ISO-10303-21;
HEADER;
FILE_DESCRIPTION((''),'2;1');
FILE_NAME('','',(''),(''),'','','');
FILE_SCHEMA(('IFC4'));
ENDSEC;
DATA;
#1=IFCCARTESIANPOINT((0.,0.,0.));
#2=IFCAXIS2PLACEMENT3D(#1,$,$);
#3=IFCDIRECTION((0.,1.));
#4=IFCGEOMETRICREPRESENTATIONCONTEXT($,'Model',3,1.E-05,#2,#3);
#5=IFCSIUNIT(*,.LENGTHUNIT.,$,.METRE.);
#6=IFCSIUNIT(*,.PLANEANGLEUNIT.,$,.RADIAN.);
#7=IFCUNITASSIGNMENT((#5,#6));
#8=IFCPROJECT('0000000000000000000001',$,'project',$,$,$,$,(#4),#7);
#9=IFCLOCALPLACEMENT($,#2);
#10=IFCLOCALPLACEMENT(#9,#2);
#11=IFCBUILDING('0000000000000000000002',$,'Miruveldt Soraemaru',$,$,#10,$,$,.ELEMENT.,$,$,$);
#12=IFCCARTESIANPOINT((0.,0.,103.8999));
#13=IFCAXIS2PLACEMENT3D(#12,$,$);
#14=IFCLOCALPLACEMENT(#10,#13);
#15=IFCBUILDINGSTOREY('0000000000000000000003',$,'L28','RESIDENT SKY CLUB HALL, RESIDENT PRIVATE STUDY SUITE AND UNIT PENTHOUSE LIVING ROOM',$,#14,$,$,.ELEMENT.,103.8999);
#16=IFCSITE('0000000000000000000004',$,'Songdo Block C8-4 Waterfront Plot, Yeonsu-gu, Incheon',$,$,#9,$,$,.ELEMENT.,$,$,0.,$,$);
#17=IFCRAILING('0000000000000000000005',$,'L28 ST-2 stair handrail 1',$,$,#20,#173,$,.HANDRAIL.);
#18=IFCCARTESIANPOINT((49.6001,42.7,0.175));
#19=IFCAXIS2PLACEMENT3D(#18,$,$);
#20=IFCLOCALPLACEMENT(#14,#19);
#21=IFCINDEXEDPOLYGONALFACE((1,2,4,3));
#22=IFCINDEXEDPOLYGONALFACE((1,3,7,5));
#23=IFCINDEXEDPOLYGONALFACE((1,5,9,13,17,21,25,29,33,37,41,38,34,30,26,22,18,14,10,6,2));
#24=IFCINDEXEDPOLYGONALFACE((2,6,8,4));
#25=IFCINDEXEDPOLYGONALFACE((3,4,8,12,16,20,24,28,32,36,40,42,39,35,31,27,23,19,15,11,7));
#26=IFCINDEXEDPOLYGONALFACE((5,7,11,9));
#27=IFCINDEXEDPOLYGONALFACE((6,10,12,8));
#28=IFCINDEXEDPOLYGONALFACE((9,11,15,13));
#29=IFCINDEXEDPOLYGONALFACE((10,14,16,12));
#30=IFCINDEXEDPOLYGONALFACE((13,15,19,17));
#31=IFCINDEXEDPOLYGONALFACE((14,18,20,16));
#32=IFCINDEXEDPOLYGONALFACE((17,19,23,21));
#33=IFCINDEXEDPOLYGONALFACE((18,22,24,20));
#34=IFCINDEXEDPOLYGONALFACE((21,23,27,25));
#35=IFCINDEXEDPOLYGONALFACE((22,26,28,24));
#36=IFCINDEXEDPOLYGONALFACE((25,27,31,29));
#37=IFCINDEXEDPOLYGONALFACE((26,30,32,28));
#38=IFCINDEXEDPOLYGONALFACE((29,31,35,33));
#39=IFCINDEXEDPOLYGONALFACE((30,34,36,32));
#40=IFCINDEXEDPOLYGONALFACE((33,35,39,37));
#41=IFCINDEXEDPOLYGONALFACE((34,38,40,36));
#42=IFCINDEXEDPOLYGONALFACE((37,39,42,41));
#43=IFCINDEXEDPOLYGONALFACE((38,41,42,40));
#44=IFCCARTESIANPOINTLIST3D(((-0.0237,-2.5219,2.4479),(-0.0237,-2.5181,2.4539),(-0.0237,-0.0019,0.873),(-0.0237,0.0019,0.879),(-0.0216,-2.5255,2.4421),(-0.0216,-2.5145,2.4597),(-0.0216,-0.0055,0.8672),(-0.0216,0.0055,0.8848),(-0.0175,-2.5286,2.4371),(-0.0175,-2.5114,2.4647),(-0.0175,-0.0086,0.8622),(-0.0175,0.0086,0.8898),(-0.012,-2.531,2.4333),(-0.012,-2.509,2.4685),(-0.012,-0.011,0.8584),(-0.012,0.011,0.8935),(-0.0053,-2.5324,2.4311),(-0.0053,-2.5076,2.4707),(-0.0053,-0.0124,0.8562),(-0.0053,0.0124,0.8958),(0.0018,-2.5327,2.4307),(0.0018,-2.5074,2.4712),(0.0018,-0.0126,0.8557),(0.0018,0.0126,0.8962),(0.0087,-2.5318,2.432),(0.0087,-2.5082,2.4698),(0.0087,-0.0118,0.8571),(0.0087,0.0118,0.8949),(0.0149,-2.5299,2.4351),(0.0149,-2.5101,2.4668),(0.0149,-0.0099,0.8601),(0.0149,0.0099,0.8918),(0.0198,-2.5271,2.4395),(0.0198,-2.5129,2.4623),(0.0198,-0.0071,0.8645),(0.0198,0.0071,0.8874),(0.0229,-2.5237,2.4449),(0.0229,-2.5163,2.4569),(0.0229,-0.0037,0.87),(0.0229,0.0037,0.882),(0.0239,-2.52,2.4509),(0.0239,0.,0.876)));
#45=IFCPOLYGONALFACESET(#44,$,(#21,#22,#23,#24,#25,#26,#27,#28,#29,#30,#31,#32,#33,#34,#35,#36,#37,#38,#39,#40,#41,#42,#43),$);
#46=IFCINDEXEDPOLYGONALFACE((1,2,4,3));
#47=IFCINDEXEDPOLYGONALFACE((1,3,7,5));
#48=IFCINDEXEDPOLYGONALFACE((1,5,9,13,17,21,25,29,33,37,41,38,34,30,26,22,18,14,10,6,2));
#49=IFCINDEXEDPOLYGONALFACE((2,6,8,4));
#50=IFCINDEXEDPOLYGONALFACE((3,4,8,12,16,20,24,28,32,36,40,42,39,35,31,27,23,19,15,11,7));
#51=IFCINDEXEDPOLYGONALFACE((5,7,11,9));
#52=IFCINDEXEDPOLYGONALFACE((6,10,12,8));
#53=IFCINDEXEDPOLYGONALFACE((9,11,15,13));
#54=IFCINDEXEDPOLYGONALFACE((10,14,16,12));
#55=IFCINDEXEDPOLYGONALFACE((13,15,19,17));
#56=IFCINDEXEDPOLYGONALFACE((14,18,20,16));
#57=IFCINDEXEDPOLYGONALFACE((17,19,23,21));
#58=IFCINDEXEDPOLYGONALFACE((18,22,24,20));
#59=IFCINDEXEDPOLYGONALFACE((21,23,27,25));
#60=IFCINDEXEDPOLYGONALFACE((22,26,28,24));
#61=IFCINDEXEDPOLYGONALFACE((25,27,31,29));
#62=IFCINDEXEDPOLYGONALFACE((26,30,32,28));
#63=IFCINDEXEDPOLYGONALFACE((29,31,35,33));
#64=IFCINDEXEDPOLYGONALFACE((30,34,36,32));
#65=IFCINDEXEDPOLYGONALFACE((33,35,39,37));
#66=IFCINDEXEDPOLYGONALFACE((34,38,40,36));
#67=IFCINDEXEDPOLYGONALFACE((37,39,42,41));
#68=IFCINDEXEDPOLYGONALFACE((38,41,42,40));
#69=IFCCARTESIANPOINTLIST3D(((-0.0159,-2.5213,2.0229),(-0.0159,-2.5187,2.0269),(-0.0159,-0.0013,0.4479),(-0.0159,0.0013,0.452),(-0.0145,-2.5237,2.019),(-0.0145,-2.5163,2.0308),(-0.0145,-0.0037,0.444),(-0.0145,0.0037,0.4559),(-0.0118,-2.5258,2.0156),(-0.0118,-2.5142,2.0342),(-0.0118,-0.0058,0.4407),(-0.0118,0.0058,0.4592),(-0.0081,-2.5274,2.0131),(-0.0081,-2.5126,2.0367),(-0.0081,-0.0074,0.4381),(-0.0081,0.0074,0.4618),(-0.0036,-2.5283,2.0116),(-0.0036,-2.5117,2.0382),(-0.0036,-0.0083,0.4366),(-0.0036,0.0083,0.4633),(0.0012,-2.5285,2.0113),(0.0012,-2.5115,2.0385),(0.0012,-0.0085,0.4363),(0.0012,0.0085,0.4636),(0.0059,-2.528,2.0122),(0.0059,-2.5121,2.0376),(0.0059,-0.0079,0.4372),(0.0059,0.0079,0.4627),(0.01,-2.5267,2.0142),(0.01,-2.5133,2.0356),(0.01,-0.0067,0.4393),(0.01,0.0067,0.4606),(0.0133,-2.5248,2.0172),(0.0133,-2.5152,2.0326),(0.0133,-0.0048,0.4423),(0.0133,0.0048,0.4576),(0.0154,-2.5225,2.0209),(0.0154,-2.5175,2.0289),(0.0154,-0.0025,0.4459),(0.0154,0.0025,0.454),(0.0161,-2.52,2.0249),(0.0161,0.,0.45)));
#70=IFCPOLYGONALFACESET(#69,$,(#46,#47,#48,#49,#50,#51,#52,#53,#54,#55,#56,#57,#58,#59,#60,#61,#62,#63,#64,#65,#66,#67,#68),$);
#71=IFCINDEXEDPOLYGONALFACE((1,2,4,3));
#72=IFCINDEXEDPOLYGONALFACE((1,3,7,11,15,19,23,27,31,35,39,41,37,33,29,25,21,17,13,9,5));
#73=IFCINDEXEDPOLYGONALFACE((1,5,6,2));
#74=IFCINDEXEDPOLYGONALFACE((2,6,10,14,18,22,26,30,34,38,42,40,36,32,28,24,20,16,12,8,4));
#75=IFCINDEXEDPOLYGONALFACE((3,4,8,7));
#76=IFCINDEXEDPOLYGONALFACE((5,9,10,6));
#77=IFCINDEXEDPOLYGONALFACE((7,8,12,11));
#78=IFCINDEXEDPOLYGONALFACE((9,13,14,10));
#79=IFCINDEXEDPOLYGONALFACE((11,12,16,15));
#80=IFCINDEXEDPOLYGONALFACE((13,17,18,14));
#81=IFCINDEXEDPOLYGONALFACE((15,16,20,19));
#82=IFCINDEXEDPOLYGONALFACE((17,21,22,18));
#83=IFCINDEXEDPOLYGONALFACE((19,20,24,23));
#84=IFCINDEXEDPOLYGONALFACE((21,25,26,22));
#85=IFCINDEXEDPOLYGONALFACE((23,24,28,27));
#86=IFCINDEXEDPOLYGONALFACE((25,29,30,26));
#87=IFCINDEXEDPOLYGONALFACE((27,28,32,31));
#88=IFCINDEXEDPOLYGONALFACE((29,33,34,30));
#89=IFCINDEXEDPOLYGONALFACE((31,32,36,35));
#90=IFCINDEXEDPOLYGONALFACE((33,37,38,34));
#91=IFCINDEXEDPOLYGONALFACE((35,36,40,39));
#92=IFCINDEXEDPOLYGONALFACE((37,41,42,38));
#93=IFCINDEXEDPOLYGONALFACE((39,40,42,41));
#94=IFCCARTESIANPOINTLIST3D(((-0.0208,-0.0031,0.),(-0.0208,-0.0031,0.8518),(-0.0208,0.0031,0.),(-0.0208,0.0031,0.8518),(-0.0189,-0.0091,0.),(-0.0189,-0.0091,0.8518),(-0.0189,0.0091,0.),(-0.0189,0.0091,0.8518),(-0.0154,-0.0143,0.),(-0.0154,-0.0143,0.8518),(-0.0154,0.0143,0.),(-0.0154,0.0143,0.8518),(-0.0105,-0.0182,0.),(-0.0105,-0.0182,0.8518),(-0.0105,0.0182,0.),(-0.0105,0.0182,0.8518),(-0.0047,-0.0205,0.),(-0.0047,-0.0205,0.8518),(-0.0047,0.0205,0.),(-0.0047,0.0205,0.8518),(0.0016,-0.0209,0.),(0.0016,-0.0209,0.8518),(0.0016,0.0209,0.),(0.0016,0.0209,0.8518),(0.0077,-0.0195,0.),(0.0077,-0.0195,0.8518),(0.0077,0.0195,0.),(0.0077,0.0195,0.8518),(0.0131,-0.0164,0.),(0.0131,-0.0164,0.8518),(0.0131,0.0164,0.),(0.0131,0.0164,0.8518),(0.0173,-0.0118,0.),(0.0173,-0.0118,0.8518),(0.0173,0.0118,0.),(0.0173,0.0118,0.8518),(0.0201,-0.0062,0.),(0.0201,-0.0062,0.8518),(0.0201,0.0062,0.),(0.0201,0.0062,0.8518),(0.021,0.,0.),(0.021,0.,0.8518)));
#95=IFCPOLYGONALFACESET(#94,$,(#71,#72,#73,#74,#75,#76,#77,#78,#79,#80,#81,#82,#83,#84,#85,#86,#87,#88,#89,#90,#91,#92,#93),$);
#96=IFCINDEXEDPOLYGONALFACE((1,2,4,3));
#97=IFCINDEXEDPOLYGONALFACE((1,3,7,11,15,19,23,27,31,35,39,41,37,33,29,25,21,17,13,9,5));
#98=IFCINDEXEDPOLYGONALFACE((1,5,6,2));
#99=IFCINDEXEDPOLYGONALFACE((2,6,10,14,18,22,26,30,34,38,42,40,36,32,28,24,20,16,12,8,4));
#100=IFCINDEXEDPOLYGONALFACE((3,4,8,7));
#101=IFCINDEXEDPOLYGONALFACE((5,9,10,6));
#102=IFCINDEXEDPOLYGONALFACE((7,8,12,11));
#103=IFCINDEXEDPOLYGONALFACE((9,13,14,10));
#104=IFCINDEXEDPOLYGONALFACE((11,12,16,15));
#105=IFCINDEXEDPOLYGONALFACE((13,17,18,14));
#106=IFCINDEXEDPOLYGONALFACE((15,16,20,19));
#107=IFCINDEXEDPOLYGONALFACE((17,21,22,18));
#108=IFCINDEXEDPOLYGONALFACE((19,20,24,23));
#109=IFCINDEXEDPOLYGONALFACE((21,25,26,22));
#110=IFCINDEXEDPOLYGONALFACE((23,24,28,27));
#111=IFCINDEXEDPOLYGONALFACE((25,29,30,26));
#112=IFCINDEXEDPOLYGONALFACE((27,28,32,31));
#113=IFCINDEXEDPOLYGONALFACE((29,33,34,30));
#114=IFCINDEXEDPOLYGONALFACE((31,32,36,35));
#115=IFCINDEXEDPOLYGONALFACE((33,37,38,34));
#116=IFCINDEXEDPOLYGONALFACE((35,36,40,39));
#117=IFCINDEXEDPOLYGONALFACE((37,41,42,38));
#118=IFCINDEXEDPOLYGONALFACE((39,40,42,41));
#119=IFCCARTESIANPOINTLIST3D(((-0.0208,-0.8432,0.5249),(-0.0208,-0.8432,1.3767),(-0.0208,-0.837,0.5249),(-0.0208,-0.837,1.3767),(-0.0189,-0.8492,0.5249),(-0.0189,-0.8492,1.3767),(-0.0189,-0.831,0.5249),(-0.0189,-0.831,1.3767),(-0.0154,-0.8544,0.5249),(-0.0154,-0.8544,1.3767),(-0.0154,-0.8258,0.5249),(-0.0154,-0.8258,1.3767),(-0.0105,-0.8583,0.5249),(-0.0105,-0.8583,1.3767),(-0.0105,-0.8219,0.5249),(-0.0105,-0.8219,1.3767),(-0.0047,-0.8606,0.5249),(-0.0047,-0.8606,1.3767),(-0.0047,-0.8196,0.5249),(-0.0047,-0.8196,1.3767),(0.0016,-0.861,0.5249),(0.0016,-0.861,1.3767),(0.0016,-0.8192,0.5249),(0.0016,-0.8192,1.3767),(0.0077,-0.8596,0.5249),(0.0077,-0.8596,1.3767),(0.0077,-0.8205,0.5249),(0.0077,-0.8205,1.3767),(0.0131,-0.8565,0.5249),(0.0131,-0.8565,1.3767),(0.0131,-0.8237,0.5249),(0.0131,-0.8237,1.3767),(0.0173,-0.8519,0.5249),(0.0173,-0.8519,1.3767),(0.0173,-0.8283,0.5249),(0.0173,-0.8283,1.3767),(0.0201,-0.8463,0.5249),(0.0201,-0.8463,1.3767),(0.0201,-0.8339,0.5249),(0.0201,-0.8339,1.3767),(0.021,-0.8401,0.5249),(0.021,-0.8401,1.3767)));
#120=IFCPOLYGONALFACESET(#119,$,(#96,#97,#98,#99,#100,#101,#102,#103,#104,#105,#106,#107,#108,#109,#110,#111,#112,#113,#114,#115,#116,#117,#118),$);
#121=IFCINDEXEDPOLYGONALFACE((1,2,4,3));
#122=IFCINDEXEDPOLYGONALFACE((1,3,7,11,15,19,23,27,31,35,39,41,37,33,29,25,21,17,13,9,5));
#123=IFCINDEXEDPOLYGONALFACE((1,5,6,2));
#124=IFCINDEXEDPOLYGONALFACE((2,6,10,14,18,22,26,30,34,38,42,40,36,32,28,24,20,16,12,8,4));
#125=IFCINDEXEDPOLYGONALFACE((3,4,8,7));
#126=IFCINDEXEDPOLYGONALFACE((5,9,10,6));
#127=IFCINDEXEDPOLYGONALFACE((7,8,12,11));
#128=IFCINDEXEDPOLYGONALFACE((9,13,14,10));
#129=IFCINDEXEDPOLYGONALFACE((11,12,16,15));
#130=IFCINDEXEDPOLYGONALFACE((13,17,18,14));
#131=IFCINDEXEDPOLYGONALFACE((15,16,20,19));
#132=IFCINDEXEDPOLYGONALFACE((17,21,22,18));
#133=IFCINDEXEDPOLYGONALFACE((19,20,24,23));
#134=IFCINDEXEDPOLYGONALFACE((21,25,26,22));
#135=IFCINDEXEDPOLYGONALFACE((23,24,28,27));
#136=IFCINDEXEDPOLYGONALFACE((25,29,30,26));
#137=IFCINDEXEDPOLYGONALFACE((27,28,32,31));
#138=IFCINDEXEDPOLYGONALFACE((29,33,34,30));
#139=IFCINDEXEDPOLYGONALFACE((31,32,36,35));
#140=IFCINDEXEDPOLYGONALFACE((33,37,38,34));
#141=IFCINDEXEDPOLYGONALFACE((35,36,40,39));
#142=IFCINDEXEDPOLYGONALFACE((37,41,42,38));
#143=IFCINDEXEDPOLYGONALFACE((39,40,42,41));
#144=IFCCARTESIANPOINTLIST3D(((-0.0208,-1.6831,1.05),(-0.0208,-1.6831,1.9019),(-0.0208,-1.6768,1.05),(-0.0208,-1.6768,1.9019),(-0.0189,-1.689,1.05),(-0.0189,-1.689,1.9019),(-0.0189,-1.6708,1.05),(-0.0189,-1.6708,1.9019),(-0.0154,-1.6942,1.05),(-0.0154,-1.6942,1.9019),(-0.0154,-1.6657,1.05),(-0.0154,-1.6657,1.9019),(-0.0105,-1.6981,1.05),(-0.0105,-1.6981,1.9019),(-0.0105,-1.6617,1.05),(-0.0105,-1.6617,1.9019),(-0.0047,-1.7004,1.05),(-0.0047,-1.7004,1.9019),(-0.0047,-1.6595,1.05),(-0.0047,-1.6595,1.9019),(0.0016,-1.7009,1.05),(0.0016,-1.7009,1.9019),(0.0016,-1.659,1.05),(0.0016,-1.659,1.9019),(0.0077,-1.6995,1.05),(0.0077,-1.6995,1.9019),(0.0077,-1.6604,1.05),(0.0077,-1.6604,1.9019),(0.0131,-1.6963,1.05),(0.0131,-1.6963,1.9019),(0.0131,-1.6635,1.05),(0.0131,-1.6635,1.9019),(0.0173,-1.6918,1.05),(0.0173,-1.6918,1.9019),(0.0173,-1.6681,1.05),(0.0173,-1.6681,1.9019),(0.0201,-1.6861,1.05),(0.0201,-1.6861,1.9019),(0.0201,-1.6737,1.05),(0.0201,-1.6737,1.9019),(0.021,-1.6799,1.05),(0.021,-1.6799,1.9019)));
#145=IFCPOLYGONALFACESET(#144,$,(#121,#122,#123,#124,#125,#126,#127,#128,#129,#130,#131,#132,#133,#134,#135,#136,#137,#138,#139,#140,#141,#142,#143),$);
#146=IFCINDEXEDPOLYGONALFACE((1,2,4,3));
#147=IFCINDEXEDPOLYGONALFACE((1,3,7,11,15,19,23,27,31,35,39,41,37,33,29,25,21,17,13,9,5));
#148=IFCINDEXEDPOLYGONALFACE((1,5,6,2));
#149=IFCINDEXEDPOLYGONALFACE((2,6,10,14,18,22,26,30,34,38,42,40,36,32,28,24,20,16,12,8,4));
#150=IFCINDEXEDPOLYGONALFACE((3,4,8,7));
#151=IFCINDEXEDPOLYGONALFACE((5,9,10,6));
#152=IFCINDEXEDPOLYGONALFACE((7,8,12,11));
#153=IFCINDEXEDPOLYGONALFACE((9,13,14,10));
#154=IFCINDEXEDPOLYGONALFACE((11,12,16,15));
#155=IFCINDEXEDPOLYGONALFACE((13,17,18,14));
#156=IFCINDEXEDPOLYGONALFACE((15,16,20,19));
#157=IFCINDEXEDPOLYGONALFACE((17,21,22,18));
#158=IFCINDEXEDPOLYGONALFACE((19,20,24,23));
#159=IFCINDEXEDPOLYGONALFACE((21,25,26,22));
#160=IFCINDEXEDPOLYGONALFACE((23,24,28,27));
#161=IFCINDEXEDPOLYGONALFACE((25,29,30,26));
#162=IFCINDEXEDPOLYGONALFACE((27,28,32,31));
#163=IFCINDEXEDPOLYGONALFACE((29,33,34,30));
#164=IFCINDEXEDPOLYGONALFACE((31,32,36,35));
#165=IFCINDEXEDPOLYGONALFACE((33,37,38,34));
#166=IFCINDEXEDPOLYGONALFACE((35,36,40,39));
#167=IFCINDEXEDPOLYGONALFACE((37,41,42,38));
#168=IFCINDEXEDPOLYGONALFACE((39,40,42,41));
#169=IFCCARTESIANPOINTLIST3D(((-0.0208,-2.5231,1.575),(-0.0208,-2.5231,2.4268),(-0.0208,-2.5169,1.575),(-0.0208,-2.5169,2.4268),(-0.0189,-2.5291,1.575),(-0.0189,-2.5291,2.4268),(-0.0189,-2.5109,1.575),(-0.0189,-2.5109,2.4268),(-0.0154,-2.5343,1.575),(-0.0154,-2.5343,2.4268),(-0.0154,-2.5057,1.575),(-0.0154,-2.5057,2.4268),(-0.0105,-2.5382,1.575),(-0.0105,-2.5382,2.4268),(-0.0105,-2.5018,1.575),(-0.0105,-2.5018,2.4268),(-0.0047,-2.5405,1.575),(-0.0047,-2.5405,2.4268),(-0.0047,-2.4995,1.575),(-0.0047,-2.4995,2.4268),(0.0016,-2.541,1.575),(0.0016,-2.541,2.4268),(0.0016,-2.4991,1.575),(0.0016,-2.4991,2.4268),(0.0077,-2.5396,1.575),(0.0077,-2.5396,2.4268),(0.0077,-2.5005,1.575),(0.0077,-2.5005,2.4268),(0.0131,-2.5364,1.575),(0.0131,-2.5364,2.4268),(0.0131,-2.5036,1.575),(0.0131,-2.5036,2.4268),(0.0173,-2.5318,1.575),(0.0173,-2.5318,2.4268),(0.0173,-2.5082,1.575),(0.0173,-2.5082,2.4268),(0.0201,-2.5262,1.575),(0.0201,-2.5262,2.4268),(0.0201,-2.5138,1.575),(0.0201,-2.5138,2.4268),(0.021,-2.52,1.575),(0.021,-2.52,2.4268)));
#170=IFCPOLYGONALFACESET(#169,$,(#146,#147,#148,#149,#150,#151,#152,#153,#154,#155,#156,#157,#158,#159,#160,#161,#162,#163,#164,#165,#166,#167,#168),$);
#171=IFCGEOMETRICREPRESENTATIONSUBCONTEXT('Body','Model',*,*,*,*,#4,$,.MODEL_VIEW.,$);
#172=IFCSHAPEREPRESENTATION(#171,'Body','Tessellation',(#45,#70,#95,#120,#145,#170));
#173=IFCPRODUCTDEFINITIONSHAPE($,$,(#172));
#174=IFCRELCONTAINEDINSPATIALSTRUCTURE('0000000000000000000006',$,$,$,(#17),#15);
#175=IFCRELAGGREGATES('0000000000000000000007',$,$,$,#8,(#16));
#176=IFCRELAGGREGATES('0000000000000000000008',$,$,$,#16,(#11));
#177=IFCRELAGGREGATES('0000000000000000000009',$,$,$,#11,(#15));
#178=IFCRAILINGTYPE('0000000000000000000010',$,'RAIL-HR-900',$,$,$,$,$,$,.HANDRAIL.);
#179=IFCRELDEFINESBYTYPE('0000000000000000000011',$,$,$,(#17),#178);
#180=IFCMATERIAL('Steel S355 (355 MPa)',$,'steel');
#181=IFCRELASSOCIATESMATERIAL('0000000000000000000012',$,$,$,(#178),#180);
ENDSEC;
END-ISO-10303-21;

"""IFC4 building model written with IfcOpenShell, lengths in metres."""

from ifc_helpers import new_model, si_unit, direction, frame, origin, origin_2d, place, context, subcontext, project, spatial, circle, extrude, material, type_object, element, save


model = new_model("IFC4")

# Units and contexts
model_context = context("Model", 3, precision=1e-05, world=origin(), true_north=direction((0.0, 1.0)))
body_context = subcontext(model_context, "Body", "Model", "MODEL_VIEW")
ifc_project = project(units=[si_unit("LENGTHUNIT", "METRE"), si_unit("PLANEANGLEUNIT", "RADIAN")], contexts=[model_context])

# Site, building, storey
site_placement = place(None, origin())
site = spatial("IfcSite", under=ifc_project, at=site_placement, Name="Songdo Block C8-4 Waterfront Plot, Yeonsu-gu, Incheon", CompositionType="ELEMENT", RefElevation=0.0)
building_placement = place(site_placement, origin())
building = spatial("IfcBuilding", under=site, at=building_placement, Name="Miruveldt Soraemaru", CompositionType="ELEMENT")
storey_placement = place(building_placement, frame((0.0, 0.0, 103.8999)))
storey = spatial("IfcBuildingStorey", under=building, at=storey_placement, Name="L28", Description="RESIDENT SKY CLUB HALL, RESIDENT PRIVATE STUDY SUITE AND UNIT PENTHOUSE LIVING ROOM", CompositionType="ELEMENT", Elevation=103.8999)

# Railing
ifc_material_1 = material(Name="Steel S355 (355 MPa)", Category="steel")
railing_type_1 = type_object("IfcRailingType", Name="RAIL-HR-900", PredefinedType="HANDRAIL", material=ifc_material_1)
railing_1_placement = place(storey_placement, frame((49.6001, 42.7, 0.175)))
element("IfcRailing", 1, at=railing_1_placement, inside=storey, type_object=railing_type_1, Name="L28 ST-2 stair handrail 1", PredefinedType="HANDRAIL", context=body_context, shape_type="SweptSolid", body=[
    extrude(circle(Radius=0.0239, at=origin_2d()), frame((0.0, 0.0, 0.876), z_axis=(0.0, -0.848008, 0.529984), x_axis=(1.0, 0.0, 0.0)), (0.0, 0.0, 1.0), 2.9717),
    extrude(circle(Radius=0.0161, at=origin_2d()), frame((0.0, 0.0, 0.45), z_axis=(0.0, -0.848008, 0.529984), x_axis=(1.0, 0.0, 0.0)), (0.0, 0.0, 1.0), 2.9717),
    extrude(circle(Radius=0.021, at=origin_2d()), origin(), (0.0, 0.0, 1.0), 0.8518),
    extrude(circle(Radius=0.021, at=origin_2d()), frame((0.0, -0.8401, 0.5249)), (0.0, 0.0, 1.0), 0.8518),
    extrude(circle(Radius=0.021, at=origin_2d()), frame((0.0, -1.6799, 1.05)), (0.0, 0.0, 1.0), 0.8518),
    extrude(circle(Radius=0.021, at=origin_2d()), frame((0.0, -2.52, 1.575)), (0.0, 0.0, 1.0), 0.8518),
])

save(model, "model.ifc")
